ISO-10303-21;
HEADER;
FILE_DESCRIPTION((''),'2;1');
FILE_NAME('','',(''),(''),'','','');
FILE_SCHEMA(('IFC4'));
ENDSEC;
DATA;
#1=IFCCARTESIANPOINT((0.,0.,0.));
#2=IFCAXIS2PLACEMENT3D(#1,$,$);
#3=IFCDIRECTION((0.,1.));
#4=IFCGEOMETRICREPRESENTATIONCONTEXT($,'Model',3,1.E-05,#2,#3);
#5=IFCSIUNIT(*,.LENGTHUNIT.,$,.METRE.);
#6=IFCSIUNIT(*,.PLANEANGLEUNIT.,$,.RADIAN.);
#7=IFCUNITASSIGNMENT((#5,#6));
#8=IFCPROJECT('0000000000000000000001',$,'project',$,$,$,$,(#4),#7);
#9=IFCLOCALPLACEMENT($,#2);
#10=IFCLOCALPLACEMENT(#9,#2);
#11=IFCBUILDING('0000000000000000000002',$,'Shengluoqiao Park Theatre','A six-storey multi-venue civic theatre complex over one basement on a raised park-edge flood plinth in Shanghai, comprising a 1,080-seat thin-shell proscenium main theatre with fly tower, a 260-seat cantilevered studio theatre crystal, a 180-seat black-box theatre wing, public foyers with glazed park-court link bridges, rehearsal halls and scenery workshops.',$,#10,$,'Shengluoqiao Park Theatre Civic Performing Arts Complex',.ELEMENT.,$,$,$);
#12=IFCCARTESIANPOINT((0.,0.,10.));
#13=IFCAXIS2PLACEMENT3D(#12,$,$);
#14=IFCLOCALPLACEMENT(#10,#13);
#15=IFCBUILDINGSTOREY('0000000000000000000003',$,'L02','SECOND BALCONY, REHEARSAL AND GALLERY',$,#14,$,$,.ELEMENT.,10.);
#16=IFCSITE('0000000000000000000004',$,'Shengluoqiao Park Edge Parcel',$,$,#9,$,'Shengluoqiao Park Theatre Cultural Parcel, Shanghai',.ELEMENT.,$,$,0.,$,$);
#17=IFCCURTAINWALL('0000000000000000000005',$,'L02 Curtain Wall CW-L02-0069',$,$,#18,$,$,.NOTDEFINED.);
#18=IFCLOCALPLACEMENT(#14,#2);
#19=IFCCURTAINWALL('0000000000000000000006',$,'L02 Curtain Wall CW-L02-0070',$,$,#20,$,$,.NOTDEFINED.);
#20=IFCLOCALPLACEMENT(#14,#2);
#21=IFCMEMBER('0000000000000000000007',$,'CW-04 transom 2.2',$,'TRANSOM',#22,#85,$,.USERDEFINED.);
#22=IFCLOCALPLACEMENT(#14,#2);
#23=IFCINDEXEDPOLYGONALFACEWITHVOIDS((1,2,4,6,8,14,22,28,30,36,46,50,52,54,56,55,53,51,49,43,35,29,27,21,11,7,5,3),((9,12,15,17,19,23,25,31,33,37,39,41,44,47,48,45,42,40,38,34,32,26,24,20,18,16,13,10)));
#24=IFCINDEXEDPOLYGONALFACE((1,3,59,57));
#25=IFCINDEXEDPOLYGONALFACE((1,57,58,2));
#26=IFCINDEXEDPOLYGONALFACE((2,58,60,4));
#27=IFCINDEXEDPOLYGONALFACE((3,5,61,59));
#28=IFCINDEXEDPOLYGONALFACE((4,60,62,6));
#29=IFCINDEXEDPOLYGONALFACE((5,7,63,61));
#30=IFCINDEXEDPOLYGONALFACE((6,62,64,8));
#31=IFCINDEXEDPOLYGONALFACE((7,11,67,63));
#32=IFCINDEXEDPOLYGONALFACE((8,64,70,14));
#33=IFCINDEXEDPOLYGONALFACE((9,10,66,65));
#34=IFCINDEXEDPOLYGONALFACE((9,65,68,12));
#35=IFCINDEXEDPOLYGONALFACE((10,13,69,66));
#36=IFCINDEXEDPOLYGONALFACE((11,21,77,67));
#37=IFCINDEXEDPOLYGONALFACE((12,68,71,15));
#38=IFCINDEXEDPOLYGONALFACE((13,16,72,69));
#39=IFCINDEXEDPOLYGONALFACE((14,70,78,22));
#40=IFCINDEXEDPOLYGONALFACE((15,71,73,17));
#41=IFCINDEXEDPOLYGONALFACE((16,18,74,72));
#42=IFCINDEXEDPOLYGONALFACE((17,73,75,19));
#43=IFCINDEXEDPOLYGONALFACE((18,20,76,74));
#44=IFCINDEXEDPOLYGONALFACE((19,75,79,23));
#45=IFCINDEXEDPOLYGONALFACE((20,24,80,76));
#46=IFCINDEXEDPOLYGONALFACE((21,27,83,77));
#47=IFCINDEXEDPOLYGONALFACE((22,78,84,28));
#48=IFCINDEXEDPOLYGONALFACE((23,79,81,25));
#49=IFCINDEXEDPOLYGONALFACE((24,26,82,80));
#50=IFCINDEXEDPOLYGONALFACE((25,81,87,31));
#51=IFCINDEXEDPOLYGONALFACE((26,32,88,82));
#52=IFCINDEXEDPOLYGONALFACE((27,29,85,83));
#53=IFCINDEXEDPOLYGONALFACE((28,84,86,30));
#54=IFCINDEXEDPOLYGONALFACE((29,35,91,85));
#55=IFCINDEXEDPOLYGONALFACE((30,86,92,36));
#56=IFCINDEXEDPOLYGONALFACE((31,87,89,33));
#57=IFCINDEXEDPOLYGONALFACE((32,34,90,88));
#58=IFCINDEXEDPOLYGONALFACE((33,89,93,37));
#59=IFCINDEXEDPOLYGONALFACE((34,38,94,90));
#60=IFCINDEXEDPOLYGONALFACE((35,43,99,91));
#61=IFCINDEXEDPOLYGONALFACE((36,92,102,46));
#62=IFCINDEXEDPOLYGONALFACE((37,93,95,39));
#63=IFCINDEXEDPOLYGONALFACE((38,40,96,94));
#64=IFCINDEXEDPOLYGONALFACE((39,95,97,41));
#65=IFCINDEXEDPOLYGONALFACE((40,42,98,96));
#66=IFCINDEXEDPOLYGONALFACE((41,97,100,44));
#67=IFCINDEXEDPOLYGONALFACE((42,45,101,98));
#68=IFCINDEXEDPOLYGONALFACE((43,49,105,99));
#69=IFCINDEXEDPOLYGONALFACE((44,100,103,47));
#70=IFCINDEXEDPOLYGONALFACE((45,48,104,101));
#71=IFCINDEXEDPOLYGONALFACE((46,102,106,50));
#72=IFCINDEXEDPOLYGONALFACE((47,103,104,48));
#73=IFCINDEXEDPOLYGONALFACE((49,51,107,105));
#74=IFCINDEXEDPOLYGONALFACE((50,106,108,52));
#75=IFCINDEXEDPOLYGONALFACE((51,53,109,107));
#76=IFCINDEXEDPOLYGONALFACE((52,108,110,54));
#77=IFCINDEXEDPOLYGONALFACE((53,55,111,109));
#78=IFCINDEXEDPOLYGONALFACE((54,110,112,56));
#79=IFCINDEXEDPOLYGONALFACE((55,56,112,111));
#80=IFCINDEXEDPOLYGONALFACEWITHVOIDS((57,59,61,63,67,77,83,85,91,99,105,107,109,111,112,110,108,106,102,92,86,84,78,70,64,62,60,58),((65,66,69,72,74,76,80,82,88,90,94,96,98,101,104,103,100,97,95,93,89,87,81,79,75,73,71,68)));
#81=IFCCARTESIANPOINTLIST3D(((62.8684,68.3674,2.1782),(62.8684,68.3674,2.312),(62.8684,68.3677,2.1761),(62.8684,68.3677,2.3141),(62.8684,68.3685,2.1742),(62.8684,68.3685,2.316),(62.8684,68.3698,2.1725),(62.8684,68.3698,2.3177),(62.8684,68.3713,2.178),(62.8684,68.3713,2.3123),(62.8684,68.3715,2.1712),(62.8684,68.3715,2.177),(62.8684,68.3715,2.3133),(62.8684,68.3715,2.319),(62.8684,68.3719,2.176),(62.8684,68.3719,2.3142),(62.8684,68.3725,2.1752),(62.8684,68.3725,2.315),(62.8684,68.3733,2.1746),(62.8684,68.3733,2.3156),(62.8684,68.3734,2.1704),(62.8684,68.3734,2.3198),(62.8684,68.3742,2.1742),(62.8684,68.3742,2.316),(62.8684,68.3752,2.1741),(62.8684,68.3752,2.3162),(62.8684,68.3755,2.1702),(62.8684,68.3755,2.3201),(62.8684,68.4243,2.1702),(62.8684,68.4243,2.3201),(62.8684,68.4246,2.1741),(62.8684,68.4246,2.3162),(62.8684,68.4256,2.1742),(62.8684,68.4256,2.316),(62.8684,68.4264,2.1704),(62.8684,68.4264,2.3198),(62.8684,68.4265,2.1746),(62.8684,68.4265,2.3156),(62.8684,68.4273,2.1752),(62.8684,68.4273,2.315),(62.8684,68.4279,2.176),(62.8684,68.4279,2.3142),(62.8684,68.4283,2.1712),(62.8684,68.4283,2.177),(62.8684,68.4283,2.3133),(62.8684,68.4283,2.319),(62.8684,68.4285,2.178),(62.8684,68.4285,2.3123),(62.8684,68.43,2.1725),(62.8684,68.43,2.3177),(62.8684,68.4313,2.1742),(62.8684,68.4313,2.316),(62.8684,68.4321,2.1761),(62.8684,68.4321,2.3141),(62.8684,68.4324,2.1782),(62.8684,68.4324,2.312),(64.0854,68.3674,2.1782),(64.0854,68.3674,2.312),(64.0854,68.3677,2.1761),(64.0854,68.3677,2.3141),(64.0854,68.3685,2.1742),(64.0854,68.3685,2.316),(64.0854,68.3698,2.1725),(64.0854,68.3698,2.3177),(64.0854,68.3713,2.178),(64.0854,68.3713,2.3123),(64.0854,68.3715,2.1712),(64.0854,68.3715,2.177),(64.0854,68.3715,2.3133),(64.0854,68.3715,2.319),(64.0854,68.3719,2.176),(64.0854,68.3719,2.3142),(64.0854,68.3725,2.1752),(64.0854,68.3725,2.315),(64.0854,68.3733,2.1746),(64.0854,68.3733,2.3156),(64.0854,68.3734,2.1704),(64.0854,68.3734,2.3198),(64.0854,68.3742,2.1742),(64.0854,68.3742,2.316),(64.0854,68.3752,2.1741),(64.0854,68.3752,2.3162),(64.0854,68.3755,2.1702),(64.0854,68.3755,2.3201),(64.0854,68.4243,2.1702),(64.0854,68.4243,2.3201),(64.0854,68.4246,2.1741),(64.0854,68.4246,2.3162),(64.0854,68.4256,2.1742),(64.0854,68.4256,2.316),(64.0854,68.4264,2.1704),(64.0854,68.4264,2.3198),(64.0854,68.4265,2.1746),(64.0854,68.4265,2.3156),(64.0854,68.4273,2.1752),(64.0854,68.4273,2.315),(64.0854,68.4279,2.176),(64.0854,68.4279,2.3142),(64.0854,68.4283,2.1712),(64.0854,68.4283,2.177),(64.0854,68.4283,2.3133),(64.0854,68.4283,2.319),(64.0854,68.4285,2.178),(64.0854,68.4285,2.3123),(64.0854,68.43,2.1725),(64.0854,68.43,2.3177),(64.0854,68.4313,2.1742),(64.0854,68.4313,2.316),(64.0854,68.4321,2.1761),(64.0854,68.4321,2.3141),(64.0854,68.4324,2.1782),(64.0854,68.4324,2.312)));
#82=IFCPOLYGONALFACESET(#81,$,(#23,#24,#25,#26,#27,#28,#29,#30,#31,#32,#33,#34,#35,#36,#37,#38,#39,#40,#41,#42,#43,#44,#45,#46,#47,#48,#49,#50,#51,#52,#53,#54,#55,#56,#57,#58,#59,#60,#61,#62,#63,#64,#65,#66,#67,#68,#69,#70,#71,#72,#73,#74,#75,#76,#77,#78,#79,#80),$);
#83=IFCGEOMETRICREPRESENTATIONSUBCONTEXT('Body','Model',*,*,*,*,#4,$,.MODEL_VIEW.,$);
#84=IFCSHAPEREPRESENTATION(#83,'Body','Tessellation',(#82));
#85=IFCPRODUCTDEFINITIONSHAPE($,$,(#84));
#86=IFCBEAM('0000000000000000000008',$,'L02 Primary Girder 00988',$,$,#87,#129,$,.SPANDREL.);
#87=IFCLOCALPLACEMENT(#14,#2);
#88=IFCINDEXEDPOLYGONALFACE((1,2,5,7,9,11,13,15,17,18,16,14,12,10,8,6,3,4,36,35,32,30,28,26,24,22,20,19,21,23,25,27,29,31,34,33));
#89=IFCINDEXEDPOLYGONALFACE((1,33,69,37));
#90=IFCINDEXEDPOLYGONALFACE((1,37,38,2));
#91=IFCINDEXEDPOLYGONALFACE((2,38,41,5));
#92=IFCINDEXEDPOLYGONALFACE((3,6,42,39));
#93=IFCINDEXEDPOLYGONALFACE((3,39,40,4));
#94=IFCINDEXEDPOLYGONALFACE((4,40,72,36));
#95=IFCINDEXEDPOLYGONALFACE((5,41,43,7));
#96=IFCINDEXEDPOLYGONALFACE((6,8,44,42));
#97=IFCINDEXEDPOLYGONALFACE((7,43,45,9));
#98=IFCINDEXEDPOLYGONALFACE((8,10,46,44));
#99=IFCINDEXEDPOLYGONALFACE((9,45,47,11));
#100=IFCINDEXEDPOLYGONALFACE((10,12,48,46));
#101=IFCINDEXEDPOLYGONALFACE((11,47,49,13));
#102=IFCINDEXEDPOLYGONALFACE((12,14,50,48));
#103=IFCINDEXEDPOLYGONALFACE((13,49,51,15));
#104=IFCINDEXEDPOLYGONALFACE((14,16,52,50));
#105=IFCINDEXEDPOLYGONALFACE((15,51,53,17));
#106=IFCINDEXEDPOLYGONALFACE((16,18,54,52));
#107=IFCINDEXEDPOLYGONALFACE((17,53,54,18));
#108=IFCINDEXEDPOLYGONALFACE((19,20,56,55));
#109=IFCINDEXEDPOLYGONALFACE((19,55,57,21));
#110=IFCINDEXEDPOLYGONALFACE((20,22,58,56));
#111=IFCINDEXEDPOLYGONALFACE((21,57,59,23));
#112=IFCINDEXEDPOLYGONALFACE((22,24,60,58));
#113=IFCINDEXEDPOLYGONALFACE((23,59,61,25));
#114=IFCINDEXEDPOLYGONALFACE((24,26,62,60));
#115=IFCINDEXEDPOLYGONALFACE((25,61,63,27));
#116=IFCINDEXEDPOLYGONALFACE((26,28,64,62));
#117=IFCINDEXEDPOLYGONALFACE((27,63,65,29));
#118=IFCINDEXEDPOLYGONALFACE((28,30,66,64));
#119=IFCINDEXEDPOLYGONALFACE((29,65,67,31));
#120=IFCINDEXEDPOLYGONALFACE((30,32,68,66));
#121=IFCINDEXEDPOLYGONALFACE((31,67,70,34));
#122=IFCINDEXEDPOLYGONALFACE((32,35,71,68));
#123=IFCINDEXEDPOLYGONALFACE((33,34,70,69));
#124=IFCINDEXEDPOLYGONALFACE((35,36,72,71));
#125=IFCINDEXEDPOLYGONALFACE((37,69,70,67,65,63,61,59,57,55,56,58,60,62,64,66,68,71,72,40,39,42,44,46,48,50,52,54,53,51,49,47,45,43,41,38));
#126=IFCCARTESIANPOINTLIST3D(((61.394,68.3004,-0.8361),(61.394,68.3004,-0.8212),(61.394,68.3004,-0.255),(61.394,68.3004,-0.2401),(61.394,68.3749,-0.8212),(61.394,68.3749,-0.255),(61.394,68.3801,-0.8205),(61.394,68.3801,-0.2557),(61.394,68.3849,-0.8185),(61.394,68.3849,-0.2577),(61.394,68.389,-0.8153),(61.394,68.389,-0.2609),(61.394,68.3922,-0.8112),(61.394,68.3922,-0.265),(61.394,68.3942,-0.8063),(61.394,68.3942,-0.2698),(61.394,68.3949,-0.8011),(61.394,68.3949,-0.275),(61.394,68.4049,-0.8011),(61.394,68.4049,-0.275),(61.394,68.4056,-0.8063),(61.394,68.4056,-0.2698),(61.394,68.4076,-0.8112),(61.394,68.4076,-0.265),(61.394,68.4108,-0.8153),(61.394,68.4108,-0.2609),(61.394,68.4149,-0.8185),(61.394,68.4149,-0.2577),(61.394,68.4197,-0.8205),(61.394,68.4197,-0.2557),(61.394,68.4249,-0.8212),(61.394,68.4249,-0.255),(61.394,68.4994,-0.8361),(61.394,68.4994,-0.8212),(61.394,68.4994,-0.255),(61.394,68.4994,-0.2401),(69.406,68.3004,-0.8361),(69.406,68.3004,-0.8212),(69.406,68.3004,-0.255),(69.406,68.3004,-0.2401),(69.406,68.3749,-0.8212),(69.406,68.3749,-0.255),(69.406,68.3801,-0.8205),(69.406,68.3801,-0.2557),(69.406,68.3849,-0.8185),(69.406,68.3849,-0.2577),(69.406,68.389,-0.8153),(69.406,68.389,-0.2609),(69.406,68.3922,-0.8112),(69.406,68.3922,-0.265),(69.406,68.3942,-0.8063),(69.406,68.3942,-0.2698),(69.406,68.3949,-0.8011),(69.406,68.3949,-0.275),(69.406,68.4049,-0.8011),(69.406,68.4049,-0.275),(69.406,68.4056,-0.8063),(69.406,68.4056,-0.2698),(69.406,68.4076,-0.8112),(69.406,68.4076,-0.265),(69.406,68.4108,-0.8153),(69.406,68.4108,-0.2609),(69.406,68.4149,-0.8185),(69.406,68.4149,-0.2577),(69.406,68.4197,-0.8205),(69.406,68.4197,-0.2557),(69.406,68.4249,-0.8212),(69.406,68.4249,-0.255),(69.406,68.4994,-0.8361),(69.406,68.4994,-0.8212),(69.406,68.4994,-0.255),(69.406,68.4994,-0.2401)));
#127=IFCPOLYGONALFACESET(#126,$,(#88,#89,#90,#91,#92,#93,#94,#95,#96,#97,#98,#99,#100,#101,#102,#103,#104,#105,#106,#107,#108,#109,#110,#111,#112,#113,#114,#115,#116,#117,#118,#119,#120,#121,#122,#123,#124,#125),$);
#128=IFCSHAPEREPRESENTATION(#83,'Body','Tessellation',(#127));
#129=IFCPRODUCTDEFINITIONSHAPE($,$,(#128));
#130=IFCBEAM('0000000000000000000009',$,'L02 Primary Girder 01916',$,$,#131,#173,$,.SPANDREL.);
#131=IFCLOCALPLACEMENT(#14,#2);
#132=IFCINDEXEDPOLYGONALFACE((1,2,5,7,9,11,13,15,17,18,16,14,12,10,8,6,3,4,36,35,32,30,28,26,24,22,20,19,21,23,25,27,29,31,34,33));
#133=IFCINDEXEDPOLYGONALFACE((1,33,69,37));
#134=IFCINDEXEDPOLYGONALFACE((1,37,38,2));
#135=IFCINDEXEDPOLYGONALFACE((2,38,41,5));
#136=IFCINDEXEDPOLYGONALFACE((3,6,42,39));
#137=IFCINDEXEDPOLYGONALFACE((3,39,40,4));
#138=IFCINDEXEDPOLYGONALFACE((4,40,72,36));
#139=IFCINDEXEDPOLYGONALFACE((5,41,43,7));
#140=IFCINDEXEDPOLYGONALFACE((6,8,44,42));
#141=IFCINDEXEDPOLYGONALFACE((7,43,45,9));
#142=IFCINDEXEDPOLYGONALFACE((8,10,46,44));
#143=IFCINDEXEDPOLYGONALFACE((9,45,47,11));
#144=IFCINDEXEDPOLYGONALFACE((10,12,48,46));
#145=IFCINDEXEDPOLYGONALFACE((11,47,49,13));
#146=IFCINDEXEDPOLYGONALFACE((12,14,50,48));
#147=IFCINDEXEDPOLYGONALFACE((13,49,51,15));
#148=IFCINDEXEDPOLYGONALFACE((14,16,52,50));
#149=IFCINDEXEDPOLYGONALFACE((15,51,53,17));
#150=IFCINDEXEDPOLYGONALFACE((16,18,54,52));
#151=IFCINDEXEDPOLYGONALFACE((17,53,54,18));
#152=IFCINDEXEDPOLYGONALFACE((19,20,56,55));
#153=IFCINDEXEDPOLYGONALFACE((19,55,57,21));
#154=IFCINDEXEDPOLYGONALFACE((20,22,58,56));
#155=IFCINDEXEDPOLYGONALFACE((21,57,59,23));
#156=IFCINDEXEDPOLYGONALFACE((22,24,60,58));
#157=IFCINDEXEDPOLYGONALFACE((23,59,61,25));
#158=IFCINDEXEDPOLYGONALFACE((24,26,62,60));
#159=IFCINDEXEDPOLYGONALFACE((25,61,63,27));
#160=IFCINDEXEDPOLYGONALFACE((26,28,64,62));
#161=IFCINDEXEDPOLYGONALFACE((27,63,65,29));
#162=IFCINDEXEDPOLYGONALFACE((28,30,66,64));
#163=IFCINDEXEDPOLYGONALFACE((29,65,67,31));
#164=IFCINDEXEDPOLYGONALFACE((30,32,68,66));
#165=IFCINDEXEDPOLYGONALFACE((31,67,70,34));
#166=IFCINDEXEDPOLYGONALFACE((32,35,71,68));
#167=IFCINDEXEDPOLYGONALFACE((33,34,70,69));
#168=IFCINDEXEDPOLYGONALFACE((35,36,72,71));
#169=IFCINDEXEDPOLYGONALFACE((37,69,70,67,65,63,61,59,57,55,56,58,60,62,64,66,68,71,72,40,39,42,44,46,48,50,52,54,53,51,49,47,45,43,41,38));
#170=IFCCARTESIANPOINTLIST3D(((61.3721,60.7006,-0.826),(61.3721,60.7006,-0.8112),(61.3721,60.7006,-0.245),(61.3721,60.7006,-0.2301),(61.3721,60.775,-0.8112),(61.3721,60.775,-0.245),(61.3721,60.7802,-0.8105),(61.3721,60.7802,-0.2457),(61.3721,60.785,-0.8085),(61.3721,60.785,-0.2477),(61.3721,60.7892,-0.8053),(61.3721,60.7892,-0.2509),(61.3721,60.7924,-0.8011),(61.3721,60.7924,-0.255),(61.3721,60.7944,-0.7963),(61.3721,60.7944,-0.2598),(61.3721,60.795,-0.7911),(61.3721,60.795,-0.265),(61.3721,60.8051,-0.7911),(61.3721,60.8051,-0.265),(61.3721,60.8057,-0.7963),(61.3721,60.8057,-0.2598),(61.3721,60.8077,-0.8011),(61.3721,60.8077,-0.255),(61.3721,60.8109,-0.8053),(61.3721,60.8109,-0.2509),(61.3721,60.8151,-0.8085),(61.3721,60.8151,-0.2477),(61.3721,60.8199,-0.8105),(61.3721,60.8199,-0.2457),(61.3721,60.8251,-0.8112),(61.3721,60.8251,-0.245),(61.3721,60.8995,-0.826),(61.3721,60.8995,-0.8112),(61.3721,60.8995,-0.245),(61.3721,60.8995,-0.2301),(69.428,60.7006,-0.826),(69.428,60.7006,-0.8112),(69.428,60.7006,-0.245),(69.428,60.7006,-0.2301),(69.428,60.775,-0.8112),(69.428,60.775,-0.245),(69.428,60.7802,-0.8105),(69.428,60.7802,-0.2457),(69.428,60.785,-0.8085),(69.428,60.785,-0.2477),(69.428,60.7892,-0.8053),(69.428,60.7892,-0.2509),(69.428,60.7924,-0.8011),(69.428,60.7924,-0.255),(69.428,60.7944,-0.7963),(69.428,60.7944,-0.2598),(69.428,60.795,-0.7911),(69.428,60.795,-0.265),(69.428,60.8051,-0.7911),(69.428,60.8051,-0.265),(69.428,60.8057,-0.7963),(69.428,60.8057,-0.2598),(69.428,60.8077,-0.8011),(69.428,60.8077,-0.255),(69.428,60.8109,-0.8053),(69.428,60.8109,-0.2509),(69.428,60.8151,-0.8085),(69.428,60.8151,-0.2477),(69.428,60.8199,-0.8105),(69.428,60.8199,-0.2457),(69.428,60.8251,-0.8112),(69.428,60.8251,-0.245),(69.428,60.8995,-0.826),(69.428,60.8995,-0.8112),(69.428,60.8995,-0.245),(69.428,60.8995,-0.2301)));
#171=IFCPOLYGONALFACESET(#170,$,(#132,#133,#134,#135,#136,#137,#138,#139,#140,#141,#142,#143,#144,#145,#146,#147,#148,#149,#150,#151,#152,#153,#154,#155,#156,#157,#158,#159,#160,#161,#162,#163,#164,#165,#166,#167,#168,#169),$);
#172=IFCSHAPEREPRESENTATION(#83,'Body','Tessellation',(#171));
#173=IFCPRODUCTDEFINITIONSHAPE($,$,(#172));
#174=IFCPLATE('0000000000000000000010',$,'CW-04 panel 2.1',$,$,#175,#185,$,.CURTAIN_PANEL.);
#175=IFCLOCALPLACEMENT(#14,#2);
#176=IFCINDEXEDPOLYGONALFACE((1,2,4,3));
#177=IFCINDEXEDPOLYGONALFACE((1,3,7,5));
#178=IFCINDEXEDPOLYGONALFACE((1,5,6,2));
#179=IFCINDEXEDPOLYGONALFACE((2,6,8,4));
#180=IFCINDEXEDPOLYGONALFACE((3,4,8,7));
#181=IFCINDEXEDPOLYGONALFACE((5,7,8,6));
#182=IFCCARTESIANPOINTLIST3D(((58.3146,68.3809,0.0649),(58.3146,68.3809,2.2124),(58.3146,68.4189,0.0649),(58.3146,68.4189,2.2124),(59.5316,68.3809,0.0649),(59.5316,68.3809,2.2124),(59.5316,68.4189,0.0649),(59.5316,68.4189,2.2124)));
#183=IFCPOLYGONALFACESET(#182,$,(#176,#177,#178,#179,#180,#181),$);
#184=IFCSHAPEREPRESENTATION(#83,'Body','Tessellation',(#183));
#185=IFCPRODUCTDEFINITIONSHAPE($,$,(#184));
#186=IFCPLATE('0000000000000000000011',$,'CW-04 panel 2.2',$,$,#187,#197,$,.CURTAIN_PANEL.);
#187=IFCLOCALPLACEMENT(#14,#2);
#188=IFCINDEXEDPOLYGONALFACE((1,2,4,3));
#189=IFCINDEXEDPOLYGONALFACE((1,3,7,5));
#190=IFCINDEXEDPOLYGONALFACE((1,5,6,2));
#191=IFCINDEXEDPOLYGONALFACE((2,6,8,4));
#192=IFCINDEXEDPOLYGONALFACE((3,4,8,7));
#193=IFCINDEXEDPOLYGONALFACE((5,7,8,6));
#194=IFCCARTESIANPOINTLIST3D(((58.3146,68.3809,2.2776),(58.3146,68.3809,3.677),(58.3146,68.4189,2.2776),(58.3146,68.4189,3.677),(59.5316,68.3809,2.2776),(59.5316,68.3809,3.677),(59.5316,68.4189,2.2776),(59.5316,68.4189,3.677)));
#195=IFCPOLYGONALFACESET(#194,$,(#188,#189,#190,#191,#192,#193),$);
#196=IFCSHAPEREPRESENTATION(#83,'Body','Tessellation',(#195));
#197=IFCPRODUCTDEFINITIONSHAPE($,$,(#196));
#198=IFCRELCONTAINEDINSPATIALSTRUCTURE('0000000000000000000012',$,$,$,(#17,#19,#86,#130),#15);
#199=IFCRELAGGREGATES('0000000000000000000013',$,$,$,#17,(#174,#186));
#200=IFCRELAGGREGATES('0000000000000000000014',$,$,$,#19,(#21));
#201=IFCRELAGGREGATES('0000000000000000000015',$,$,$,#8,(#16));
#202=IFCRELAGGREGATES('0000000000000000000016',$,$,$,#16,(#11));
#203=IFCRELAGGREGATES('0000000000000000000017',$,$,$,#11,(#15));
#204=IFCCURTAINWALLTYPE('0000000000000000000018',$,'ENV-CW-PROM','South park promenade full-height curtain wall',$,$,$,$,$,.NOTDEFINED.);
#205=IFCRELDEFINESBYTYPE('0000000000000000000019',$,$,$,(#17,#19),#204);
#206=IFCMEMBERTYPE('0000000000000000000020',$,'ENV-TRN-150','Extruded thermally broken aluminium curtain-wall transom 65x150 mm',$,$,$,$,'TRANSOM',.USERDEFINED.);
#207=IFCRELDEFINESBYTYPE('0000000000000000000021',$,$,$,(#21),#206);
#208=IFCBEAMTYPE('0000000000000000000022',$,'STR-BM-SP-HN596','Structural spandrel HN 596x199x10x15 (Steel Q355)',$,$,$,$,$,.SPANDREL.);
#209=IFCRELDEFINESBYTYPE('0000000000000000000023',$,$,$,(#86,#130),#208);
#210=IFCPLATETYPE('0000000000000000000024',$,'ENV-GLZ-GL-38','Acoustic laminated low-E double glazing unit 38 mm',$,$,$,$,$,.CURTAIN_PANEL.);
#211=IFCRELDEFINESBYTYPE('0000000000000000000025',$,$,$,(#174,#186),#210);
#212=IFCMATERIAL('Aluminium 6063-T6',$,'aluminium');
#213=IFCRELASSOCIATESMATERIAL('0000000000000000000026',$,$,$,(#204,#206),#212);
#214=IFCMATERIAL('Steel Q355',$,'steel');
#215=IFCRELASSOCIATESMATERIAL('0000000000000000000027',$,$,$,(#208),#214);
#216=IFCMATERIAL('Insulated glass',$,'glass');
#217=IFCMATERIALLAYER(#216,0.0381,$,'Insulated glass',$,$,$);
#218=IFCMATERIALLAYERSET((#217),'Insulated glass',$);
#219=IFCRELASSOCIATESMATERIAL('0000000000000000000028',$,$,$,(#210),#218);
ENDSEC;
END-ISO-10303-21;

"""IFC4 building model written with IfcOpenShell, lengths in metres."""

from ifc_helpers import new_model, si_unit, direction, frame, origin, origin_2d, place, context, subcontext, project, spatial, rectangle, hollow_rectangle, i_section, extrude, material, layer, layer_set, material_profile, profile_set, type_object, element, aggregate, save


model = new_model("IFC4")

# Units and contexts
model_context = context("Model", 3, precision=1e-05, world=origin(), true_north=direction((0.0, 1.0)))
body_context = subcontext(model_context, "Body", "Model", "MODEL_VIEW")
ifc_project = project(units=[si_unit("LENGTHUNIT", "METRE"), si_unit("PLANEANGLEUNIT", "RADIAN")], contexts=[model_context])

# Site, building, storey
site_placement = place(None, origin())
site = spatial("IfcSite", under=ifc_project, at=site_placement, Name="Shengluoqiao Park Edge Parcel", LongName="Shengluoqiao Park Theatre Cultural Parcel, Shanghai", CompositionType="ELEMENT", RefElevation=0.0)
building_placement = place(site_placement, origin())
building = spatial("IfcBuilding", under=site, at=building_placement, Name="Shengluoqiao Park Theatre", Description="A six-storey multi-venue civic theatre complex over one basement on a raised park-edge flood plinth in Shanghai, comprising a 1,080-seat thin-shell proscenium main theatre with fly tower, a 260-seat cantilevered studio theatre crystal, a 180-seat black-box theatre wing, public foyers with glazed park-court link bridges, rehearsal halls and scenery workshops.", LongName="Shengluoqiao Park Theatre Civic Performing Arts Complex", CompositionType="ELEMENT")
storey_placement = place(building_placement, frame((0.0, 0.0, 10.0)))
storey = spatial("IfcBuildingStorey", under=building, at=storey_placement, Name="L02", Description="SECOND BALCONY, REHEARSAL AND GALLERY", CompositionType="ELEMENT", Elevation=10.0)

# Curtain walls
ifc_material_1 = material(Name="Aluminium 6063-T6", Category="aluminium")
curtain_wall_type = type_object("IfcCurtainWallType", Name="ENV-CW-PROM", Description="South park promenade full-height curtain wall", PredefinedType="NOTDEFINED", material=ifc_material_1)
curtain_wall_1_placement = place(storey_placement, origin())
curtain_wall_1 = element("IfcCurtainWall", 1, at=curtain_wall_1_placement, inside=storey, type_object=curtain_wall_type, Name="L02 Curtain Wall CW-L02-0069", PredefinedType="NOTDEFINED")
curtain_wall_2_placement = place(storey_placement, origin())
curtain_wall_2 = element("IfcCurtainWall", 2, at=curtain_wall_2_placement, inside=storey, type_object=curtain_wall_type, Name="L02 Curtain Wall CW-L02-0070", PredefinedType="NOTDEFINED")

# Member
ifc_material_profile_1 = material_profile(ifc_material_1, hollow_rectangle(XDim=0.0649, YDim=0.1499, WallThickness=0.0039, InnerFilletRadius=0.0039, OuterFilletRadius=0.0081, at=origin_2d()), Name="ALU TRANSOM 150x65x4")
ifc_profile_set_1 = profile_set([ifc_material_profile_1], Name="Aluminium 6063-T6")
member_type_1 = type_object("IfcMemberType", Name="ENV-TRN-150", Description="Extruded thermally broken aluminium curtain-wall transom 65x150 mm", ElementType="TRANSOM", PredefinedType="USERDEFINED", material=ifc_profile_set_1)
member_1_placement = place(storey_placement, frame((62.8684, 68.3999, 2.2451), z_axis=(1.0, 0.0, 0.0), x_axis=(0.0, 1.0, 0.0)))
member_1 = element("IfcMember", 3, at=member_1_placement, type_object=member_type_1, Name="CW-04 transom 2.2", ObjectType="TRANSOM", PredefinedType="USERDEFINED", context=body_context, shape_type="SweptSolid", body=[
    extrude(hollow_rectangle(XDim=0.0649, YDim=0.1499, WallThickness=0.0039, InnerFilletRadius=0.0039, OuterFilletRadius=0.0081, at=origin_2d()), origin(), (0.0, 0.0, 1.0), 1.217),
])

# Beams
ifc_material_2 = material(Name="Steel Q355", Category="steel")
ifc_material_profile_2 = material_profile(ifc_material_2, i_section(OverallWidth=0.199, OverallDepth=0.5959, WebThickness=0.01, FlangeThickness=0.0149, FilletRadius=0.02, at=origin_2d()), Name="HN 596x199x10x15")
ifc_profile_set_2 = profile_set([ifc_material_profile_2], Name="Steel Q355")
beam_type = type_object("IfcBeamType", Name="STR-BM-SP-HN596", Description="Structural spandrel HN 596x199x10x15 (Steel Q355)", PredefinedType="SPANDREL", material=ifc_profile_set_2)
beam_1_placement = place(storey_placement, frame((61.394, 68.3999, -0.5381), z_axis=(1.0, 0.0, 0.0), x_axis=(0.0, 1.0, 0.0)))
element("IfcBeam", 4, at=beam_1_placement, inside=storey, type_object=beam_type, Name="L02 Primary Girder 00988", PredefinedType="SPANDREL", context=body_context, shape_type="SweptSolid", body=[
    extrude(i_section(OverallWidth=0.199, OverallDepth=0.5959, WebThickness=0.01, FlangeThickness=0.0149, FilletRadius=0.02, at=origin_2d()), origin(), (0.0, 0.0, 1.0), 8.012),
])
beam_2_placement = place(storey_placement, frame((61.3721, 60.8, -0.5281), z_axis=(1.0, 0.0, 0.0), x_axis=(0.0, 1.0, 0.0)))
element("IfcBeam", 5, at=beam_2_placement, inside=storey, type_object=beam_type, Name="L02 Primary Girder 01916", PredefinedType="SPANDREL", context=body_context, shape_type="SweptSolid", body=[
    extrude(i_section(OverallWidth=0.199, OverallDepth=0.5959, WebThickness=0.01, FlangeThickness=0.0149, FilletRadius=0.02, at=origin_2d()), origin(), (0.0, 0.0, 1.0), 8.0559),
])

# Plates
ifc_material_3 = material(Name="Insulated glass", Category="glass")
ifc_layer = layer(ifc_material_3, 0.0381, Name="Insulated glass")
ifc_layer_set = layer_set([ifc_layer], Name="Insulated glass")
plate_type = type_object("IfcPlateType", Name="ENV-GLZ-GL-38", Description="Acoustic laminated low-E double glazing unit 38 mm", PredefinedType="CURTAIN_PANEL", material=ifc_layer_set)
plate_1_placement = place(storey_placement, frame((58.9231, 68.3999, 0.0649), z_axis=(0.0, 0.0, 1.0), x_axis=(1.0, 0.0, 0.0)))
plate_1 = element("IfcPlate", 6, at=plate_1_placement, type_object=plate_type, Name="CW-04 panel 2.1", PredefinedType="CURTAIN_PANEL", context=body_context, shape_type="SweptSolid", body=[
    extrude(rectangle(XDim=1.217, YDim=0.0381, at=origin_2d()), origin(), (0.0, 0.0, 1.0), 2.1475),
])
plate_2_placement = place(storey_placement, frame((58.9231, 68.3999, 2.2776), z_axis=(0.0, 0.0, 1.0), x_axis=(1.0, 0.0, 0.0)))
plate_2 = element("IfcPlate", 7, at=plate_2_placement, type_object=plate_type, Name="CW-04 panel 2.2", PredefinedType="CURTAIN_PANEL", context=body_context, shape_type="SweptSolid", body=[
    extrude(rectangle(XDim=1.217, YDim=0.0381, at=origin_2d()), origin(), (0.0, 0.0, 1.0), 1.3994),
])
aggregate(curtain_wall_1, [plate_1, plate_2])
aggregate(curtain_wall_2, [member_1])

save(model, "model.ifc")
